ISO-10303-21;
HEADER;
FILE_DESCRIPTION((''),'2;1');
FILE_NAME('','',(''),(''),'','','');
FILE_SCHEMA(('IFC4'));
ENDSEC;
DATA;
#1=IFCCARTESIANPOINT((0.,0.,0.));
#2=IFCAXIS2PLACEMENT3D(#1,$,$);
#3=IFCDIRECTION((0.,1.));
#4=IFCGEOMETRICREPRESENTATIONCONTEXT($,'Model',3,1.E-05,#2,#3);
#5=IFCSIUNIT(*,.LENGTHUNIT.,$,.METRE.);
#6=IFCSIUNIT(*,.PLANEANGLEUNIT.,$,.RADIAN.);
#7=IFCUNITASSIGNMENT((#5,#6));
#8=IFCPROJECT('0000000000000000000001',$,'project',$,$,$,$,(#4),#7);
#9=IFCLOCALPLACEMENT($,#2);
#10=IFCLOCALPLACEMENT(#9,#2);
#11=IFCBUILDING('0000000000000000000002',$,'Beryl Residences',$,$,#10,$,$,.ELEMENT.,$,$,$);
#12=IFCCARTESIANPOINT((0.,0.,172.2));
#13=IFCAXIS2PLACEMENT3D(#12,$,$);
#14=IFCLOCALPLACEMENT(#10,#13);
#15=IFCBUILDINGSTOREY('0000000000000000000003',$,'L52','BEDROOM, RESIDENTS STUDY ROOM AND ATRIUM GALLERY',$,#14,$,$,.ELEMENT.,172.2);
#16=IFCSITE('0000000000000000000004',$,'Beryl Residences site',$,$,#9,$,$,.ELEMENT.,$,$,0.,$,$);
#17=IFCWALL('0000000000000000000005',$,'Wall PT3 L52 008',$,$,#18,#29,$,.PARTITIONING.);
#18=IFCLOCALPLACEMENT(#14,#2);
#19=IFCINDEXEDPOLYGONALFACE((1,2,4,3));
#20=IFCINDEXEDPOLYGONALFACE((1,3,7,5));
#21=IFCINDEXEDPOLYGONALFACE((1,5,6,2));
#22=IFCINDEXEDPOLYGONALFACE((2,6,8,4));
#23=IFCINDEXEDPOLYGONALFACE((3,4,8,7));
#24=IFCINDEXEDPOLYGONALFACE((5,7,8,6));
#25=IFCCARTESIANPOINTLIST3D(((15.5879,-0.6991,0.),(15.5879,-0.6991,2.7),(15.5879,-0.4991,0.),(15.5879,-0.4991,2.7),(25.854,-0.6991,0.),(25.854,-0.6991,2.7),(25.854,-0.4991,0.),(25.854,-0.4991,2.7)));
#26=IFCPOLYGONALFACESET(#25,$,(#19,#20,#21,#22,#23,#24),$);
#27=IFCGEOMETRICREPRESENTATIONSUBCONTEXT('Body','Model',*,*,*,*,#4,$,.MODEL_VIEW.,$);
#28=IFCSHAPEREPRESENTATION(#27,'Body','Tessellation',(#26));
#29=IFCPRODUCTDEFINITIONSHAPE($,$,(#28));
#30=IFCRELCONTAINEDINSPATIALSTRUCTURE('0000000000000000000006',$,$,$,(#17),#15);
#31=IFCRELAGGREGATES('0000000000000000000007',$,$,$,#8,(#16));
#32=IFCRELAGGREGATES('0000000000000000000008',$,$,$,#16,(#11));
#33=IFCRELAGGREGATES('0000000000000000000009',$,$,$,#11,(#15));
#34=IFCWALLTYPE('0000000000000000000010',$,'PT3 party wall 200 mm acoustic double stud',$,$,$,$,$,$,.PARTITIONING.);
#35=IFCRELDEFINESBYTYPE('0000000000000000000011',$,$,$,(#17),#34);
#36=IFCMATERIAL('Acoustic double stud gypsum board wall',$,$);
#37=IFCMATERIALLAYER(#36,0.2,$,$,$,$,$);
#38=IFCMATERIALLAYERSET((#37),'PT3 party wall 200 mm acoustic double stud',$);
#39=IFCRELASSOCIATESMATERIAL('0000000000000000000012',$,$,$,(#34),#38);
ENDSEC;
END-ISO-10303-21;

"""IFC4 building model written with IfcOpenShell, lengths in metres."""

from ifc_helpers import new_model, si_unit, direction, frame, frame_2d, origin, place, context, subcontext, project, spatial, rectangle, extrude, material, layer, layer_set, type_object, element, save


model = new_model("IFC4")

# Units and contexts
model_context = context("Model", 3, precision=1e-05, world=origin(), true_north=direction((0.0, 1.0)))
body_context = subcontext(model_context, "Body", "Model", "MODEL_VIEW")
ifc_project = project(units=[si_unit("LENGTHUNIT", "METRE"), si_unit("PLANEANGLEUNIT", "RADIAN")], contexts=[model_context])

# Site, building, storey
site_placement = place(None, origin())
site = spatial("IfcSite", under=ifc_project, at=site_placement, Name="Beryl Residences site", CompositionType="ELEMENT", RefElevation=0.0)
building_placement = place(site_placement, origin())
building = spatial("IfcBuilding", under=site, at=building_placement, Name="Beryl Residences", CompositionType="ELEMENT")
storey_placement = place(building_placement, frame((0.0, 0.0, 172.2)))
storey = spatial("IfcBuildingStorey", under=building, at=storey_placement, Name="L52", Description="BEDROOM, RESIDENTS STUDY ROOM AND ATRIUM GALLERY", CompositionType="ELEMENT", Elevation=172.2)

# Wall
ifc_material_1 = material(Name="Acoustic double stud gypsum board wall")
ifc_layer_1 = layer(ifc_material_1, 0.2)
ifc_layer_set_1 = layer_set([ifc_layer_1], Name="PT3 party wall 200 mm acoustic double stud")
wall_type_1 = type_object("IfcWallType", Name="PT3 party wall 200 mm acoustic double stud", PredefinedType="PARTITIONING", material=ifc_layer_set_1)
wall_1_placement = place(storey_placement, frame((15.5879, -0.5991, 0.0), z_axis=(0.0, 0.0, 1.0), x_axis=(1.0, 0.0, 0.0)))
element("IfcWall", 1, at=wall_1_placement, inside=storey, type_object=wall_type_1, Name="Wall PT3 L52 008", PredefinedType="PARTITIONING", context=body_context, shape_type="SweptSolid", body=[
    extrude(rectangle(XDim=10.2661, YDim=0.2, at=frame_2d((5.1331, 0.0))), origin(), (0.0, 0.0, 1.0), 2.7),
])

save(model, "model.ifc")
